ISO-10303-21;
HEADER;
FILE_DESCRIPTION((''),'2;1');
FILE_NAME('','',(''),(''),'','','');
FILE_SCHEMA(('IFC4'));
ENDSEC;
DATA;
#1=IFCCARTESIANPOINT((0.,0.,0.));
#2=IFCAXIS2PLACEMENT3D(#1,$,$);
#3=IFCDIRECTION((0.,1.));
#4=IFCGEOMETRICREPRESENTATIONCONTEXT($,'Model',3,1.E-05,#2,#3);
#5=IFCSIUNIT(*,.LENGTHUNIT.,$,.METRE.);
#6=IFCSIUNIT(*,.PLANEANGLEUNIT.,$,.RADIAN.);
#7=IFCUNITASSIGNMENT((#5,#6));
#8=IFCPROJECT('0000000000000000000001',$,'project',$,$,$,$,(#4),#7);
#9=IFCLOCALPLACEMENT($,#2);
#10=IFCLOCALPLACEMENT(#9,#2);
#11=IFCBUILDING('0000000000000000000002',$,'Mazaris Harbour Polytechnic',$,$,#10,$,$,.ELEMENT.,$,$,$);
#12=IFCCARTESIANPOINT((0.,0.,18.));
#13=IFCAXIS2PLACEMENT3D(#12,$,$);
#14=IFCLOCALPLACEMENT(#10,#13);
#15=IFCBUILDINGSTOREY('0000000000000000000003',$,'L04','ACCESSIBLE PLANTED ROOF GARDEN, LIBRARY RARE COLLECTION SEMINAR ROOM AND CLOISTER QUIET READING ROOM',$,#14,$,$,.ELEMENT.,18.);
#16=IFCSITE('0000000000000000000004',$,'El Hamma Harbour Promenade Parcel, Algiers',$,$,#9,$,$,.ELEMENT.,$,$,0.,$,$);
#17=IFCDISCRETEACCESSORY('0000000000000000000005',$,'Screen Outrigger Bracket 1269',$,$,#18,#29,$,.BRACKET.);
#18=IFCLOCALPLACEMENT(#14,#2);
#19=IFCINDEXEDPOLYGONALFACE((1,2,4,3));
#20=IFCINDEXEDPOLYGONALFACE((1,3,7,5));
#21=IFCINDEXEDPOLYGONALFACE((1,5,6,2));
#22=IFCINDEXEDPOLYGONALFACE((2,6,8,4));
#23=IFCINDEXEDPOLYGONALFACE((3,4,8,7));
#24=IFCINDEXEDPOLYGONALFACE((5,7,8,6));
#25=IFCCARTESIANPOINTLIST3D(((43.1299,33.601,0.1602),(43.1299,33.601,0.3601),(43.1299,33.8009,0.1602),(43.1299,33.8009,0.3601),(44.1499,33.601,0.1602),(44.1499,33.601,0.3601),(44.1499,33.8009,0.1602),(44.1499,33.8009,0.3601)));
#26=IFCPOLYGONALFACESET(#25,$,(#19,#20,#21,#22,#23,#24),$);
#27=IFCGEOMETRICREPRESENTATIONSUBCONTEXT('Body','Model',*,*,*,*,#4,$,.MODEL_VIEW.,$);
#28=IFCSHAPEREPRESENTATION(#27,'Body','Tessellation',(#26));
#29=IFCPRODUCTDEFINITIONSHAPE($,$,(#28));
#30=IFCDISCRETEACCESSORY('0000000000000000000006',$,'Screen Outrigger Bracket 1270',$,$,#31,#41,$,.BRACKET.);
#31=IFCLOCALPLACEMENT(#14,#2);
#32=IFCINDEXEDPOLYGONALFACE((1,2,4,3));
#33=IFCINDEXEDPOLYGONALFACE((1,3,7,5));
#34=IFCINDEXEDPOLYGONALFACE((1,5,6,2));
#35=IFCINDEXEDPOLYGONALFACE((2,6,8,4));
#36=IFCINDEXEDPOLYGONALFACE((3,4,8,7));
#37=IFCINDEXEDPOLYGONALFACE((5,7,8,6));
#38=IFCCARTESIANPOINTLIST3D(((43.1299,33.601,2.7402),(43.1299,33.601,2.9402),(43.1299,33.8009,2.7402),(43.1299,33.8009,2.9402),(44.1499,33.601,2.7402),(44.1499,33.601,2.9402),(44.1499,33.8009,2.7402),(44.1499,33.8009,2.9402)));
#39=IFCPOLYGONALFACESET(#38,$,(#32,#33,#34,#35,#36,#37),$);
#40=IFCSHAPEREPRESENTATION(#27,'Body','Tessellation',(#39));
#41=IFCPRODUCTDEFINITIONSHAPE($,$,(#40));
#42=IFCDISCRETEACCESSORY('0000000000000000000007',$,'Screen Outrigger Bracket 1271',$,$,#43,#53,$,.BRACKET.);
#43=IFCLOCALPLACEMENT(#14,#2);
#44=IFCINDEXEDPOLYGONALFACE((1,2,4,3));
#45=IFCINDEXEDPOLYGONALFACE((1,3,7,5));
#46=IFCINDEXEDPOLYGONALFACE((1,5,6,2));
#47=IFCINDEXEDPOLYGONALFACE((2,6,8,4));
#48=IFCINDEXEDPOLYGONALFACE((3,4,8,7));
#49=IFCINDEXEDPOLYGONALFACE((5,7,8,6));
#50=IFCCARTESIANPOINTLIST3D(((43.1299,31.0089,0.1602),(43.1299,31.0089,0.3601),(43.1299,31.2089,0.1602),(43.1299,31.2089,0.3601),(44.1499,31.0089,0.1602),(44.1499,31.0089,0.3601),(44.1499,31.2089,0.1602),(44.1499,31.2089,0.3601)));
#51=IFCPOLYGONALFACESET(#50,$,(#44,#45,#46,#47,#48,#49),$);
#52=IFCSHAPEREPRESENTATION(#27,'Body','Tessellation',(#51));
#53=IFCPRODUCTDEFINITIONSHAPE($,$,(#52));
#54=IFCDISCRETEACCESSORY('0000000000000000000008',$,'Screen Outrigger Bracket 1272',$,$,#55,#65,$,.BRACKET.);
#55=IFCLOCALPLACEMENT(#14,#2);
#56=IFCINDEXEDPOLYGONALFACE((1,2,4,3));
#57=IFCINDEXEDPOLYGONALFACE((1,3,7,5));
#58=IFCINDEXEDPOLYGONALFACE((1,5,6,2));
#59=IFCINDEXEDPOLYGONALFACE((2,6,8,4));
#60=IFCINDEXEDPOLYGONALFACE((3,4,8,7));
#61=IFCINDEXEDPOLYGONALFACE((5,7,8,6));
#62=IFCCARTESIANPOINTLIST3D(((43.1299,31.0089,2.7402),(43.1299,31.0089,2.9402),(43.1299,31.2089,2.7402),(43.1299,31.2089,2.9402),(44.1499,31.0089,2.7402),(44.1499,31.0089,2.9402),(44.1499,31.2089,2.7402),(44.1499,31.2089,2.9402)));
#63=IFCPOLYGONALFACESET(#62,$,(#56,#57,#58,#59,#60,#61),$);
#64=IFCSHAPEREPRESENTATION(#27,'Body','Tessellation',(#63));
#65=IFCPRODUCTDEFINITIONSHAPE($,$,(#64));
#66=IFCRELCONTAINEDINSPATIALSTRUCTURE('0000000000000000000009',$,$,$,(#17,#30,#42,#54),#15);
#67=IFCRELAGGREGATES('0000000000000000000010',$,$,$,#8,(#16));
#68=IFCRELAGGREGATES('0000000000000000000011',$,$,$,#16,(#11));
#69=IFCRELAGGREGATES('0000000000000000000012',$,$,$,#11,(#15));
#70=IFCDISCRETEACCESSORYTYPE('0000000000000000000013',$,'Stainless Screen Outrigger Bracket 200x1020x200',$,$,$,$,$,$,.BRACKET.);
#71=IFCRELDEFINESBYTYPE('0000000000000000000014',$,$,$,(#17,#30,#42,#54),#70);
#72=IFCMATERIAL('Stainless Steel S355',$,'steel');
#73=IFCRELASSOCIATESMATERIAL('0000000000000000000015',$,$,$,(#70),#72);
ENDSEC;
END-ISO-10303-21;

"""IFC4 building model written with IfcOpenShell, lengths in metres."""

from ifc_helpers import new_model, si_unit, direction, frame, origin, origin_2d, place, context, subcontext, project, spatial, rectangle, extrude, material, type_object, element, save


model = new_model("IFC4")

# Units and contexts
model_context = context("Model", 3, precision=1e-05, world=origin(), true_north=direction((0.0, 1.0)))
body_context = subcontext(model_context, "Body", "Model", "MODEL_VIEW")
ifc_project = project(units=[si_unit("LENGTHUNIT", "METRE"), si_unit("PLANEANGLEUNIT", "RADIAN")], contexts=[model_context])

# Site, building, storey
site_placement = place(None, origin())
site = spatial("IfcSite", under=ifc_project, at=site_placement, Name="El Hamma Harbour Promenade Parcel, Algiers", CompositionType="ELEMENT", RefElevation=0.0)
building_placement = place(site_placement, origin())
building = spatial("IfcBuilding", under=site, at=building_placement, Name="Mazaris Harbour Polytechnic", CompositionType="ELEMENT")
storey_placement = place(building_placement, frame((0.0, 0.0, 18.0)))
storey = spatial("IfcBuildingStorey", under=building, at=storey_placement, Name="L04", Description="ACCESSIBLE PLANTED ROOF GARDEN, LIBRARY RARE COLLECTION SEMINAR ROOM AND CLOISTER QUIET READING ROOM", CompositionType="ELEMENT", Elevation=18.0)

# Discrete accessories
ifc_material_1 = material(Name="Stainless Steel S355", Category="steel")
discrete_accessory_type = type_object("IfcDiscreteAccessoryType", Name="Stainless Screen Outrigger Bracket 200x1020x200", PredefinedType="BRACKET", material=ifc_material_1)
for number, where, z_axis, x_axis, name in (
    (1, (43.6399, 33.7009, 0.1602), (0.0, 0.0, 1.0), (0.0, -1.0, 0.0), "Screen Outrigger Bracket 1269"),
    (2, (43.6399, 33.7009, 2.7402), (0.0, 0.0, 1.0), (0.0, -1.0, 0.0), "Screen Outrigger Bracket 1270"),
    (3, (43.6399, 31.1089, 0.1602), (0.0, 0.0, 1.0), (0.0, -1.0, 0.0), "Screen Outrigger Bracket 1271"),
    (4, (43.6399, 31.1089, 2.7402), (0.0, 0.0, 1.0), (0.0, -1.0, 0.0), "Screen Outrigger Bracket 1272"),
):
    element("IfcDiscreteAccessory", number, at=place(storey_placement, frame(where, z_axis=z_axis, x_axis=x_axis)), inside=storey, type_object=discrete_accessory_type, Name=name, PredefinedType="BRACKET", context=body_context, shape_type="SweptSolid", body=[
        extrude(rectangle(XDim=0.2, YDim=1.02, at=origin_2d()), origin(), (0.0, 0.0, 1.0), 0.2),
    ])

save(model, "model.ifc")
